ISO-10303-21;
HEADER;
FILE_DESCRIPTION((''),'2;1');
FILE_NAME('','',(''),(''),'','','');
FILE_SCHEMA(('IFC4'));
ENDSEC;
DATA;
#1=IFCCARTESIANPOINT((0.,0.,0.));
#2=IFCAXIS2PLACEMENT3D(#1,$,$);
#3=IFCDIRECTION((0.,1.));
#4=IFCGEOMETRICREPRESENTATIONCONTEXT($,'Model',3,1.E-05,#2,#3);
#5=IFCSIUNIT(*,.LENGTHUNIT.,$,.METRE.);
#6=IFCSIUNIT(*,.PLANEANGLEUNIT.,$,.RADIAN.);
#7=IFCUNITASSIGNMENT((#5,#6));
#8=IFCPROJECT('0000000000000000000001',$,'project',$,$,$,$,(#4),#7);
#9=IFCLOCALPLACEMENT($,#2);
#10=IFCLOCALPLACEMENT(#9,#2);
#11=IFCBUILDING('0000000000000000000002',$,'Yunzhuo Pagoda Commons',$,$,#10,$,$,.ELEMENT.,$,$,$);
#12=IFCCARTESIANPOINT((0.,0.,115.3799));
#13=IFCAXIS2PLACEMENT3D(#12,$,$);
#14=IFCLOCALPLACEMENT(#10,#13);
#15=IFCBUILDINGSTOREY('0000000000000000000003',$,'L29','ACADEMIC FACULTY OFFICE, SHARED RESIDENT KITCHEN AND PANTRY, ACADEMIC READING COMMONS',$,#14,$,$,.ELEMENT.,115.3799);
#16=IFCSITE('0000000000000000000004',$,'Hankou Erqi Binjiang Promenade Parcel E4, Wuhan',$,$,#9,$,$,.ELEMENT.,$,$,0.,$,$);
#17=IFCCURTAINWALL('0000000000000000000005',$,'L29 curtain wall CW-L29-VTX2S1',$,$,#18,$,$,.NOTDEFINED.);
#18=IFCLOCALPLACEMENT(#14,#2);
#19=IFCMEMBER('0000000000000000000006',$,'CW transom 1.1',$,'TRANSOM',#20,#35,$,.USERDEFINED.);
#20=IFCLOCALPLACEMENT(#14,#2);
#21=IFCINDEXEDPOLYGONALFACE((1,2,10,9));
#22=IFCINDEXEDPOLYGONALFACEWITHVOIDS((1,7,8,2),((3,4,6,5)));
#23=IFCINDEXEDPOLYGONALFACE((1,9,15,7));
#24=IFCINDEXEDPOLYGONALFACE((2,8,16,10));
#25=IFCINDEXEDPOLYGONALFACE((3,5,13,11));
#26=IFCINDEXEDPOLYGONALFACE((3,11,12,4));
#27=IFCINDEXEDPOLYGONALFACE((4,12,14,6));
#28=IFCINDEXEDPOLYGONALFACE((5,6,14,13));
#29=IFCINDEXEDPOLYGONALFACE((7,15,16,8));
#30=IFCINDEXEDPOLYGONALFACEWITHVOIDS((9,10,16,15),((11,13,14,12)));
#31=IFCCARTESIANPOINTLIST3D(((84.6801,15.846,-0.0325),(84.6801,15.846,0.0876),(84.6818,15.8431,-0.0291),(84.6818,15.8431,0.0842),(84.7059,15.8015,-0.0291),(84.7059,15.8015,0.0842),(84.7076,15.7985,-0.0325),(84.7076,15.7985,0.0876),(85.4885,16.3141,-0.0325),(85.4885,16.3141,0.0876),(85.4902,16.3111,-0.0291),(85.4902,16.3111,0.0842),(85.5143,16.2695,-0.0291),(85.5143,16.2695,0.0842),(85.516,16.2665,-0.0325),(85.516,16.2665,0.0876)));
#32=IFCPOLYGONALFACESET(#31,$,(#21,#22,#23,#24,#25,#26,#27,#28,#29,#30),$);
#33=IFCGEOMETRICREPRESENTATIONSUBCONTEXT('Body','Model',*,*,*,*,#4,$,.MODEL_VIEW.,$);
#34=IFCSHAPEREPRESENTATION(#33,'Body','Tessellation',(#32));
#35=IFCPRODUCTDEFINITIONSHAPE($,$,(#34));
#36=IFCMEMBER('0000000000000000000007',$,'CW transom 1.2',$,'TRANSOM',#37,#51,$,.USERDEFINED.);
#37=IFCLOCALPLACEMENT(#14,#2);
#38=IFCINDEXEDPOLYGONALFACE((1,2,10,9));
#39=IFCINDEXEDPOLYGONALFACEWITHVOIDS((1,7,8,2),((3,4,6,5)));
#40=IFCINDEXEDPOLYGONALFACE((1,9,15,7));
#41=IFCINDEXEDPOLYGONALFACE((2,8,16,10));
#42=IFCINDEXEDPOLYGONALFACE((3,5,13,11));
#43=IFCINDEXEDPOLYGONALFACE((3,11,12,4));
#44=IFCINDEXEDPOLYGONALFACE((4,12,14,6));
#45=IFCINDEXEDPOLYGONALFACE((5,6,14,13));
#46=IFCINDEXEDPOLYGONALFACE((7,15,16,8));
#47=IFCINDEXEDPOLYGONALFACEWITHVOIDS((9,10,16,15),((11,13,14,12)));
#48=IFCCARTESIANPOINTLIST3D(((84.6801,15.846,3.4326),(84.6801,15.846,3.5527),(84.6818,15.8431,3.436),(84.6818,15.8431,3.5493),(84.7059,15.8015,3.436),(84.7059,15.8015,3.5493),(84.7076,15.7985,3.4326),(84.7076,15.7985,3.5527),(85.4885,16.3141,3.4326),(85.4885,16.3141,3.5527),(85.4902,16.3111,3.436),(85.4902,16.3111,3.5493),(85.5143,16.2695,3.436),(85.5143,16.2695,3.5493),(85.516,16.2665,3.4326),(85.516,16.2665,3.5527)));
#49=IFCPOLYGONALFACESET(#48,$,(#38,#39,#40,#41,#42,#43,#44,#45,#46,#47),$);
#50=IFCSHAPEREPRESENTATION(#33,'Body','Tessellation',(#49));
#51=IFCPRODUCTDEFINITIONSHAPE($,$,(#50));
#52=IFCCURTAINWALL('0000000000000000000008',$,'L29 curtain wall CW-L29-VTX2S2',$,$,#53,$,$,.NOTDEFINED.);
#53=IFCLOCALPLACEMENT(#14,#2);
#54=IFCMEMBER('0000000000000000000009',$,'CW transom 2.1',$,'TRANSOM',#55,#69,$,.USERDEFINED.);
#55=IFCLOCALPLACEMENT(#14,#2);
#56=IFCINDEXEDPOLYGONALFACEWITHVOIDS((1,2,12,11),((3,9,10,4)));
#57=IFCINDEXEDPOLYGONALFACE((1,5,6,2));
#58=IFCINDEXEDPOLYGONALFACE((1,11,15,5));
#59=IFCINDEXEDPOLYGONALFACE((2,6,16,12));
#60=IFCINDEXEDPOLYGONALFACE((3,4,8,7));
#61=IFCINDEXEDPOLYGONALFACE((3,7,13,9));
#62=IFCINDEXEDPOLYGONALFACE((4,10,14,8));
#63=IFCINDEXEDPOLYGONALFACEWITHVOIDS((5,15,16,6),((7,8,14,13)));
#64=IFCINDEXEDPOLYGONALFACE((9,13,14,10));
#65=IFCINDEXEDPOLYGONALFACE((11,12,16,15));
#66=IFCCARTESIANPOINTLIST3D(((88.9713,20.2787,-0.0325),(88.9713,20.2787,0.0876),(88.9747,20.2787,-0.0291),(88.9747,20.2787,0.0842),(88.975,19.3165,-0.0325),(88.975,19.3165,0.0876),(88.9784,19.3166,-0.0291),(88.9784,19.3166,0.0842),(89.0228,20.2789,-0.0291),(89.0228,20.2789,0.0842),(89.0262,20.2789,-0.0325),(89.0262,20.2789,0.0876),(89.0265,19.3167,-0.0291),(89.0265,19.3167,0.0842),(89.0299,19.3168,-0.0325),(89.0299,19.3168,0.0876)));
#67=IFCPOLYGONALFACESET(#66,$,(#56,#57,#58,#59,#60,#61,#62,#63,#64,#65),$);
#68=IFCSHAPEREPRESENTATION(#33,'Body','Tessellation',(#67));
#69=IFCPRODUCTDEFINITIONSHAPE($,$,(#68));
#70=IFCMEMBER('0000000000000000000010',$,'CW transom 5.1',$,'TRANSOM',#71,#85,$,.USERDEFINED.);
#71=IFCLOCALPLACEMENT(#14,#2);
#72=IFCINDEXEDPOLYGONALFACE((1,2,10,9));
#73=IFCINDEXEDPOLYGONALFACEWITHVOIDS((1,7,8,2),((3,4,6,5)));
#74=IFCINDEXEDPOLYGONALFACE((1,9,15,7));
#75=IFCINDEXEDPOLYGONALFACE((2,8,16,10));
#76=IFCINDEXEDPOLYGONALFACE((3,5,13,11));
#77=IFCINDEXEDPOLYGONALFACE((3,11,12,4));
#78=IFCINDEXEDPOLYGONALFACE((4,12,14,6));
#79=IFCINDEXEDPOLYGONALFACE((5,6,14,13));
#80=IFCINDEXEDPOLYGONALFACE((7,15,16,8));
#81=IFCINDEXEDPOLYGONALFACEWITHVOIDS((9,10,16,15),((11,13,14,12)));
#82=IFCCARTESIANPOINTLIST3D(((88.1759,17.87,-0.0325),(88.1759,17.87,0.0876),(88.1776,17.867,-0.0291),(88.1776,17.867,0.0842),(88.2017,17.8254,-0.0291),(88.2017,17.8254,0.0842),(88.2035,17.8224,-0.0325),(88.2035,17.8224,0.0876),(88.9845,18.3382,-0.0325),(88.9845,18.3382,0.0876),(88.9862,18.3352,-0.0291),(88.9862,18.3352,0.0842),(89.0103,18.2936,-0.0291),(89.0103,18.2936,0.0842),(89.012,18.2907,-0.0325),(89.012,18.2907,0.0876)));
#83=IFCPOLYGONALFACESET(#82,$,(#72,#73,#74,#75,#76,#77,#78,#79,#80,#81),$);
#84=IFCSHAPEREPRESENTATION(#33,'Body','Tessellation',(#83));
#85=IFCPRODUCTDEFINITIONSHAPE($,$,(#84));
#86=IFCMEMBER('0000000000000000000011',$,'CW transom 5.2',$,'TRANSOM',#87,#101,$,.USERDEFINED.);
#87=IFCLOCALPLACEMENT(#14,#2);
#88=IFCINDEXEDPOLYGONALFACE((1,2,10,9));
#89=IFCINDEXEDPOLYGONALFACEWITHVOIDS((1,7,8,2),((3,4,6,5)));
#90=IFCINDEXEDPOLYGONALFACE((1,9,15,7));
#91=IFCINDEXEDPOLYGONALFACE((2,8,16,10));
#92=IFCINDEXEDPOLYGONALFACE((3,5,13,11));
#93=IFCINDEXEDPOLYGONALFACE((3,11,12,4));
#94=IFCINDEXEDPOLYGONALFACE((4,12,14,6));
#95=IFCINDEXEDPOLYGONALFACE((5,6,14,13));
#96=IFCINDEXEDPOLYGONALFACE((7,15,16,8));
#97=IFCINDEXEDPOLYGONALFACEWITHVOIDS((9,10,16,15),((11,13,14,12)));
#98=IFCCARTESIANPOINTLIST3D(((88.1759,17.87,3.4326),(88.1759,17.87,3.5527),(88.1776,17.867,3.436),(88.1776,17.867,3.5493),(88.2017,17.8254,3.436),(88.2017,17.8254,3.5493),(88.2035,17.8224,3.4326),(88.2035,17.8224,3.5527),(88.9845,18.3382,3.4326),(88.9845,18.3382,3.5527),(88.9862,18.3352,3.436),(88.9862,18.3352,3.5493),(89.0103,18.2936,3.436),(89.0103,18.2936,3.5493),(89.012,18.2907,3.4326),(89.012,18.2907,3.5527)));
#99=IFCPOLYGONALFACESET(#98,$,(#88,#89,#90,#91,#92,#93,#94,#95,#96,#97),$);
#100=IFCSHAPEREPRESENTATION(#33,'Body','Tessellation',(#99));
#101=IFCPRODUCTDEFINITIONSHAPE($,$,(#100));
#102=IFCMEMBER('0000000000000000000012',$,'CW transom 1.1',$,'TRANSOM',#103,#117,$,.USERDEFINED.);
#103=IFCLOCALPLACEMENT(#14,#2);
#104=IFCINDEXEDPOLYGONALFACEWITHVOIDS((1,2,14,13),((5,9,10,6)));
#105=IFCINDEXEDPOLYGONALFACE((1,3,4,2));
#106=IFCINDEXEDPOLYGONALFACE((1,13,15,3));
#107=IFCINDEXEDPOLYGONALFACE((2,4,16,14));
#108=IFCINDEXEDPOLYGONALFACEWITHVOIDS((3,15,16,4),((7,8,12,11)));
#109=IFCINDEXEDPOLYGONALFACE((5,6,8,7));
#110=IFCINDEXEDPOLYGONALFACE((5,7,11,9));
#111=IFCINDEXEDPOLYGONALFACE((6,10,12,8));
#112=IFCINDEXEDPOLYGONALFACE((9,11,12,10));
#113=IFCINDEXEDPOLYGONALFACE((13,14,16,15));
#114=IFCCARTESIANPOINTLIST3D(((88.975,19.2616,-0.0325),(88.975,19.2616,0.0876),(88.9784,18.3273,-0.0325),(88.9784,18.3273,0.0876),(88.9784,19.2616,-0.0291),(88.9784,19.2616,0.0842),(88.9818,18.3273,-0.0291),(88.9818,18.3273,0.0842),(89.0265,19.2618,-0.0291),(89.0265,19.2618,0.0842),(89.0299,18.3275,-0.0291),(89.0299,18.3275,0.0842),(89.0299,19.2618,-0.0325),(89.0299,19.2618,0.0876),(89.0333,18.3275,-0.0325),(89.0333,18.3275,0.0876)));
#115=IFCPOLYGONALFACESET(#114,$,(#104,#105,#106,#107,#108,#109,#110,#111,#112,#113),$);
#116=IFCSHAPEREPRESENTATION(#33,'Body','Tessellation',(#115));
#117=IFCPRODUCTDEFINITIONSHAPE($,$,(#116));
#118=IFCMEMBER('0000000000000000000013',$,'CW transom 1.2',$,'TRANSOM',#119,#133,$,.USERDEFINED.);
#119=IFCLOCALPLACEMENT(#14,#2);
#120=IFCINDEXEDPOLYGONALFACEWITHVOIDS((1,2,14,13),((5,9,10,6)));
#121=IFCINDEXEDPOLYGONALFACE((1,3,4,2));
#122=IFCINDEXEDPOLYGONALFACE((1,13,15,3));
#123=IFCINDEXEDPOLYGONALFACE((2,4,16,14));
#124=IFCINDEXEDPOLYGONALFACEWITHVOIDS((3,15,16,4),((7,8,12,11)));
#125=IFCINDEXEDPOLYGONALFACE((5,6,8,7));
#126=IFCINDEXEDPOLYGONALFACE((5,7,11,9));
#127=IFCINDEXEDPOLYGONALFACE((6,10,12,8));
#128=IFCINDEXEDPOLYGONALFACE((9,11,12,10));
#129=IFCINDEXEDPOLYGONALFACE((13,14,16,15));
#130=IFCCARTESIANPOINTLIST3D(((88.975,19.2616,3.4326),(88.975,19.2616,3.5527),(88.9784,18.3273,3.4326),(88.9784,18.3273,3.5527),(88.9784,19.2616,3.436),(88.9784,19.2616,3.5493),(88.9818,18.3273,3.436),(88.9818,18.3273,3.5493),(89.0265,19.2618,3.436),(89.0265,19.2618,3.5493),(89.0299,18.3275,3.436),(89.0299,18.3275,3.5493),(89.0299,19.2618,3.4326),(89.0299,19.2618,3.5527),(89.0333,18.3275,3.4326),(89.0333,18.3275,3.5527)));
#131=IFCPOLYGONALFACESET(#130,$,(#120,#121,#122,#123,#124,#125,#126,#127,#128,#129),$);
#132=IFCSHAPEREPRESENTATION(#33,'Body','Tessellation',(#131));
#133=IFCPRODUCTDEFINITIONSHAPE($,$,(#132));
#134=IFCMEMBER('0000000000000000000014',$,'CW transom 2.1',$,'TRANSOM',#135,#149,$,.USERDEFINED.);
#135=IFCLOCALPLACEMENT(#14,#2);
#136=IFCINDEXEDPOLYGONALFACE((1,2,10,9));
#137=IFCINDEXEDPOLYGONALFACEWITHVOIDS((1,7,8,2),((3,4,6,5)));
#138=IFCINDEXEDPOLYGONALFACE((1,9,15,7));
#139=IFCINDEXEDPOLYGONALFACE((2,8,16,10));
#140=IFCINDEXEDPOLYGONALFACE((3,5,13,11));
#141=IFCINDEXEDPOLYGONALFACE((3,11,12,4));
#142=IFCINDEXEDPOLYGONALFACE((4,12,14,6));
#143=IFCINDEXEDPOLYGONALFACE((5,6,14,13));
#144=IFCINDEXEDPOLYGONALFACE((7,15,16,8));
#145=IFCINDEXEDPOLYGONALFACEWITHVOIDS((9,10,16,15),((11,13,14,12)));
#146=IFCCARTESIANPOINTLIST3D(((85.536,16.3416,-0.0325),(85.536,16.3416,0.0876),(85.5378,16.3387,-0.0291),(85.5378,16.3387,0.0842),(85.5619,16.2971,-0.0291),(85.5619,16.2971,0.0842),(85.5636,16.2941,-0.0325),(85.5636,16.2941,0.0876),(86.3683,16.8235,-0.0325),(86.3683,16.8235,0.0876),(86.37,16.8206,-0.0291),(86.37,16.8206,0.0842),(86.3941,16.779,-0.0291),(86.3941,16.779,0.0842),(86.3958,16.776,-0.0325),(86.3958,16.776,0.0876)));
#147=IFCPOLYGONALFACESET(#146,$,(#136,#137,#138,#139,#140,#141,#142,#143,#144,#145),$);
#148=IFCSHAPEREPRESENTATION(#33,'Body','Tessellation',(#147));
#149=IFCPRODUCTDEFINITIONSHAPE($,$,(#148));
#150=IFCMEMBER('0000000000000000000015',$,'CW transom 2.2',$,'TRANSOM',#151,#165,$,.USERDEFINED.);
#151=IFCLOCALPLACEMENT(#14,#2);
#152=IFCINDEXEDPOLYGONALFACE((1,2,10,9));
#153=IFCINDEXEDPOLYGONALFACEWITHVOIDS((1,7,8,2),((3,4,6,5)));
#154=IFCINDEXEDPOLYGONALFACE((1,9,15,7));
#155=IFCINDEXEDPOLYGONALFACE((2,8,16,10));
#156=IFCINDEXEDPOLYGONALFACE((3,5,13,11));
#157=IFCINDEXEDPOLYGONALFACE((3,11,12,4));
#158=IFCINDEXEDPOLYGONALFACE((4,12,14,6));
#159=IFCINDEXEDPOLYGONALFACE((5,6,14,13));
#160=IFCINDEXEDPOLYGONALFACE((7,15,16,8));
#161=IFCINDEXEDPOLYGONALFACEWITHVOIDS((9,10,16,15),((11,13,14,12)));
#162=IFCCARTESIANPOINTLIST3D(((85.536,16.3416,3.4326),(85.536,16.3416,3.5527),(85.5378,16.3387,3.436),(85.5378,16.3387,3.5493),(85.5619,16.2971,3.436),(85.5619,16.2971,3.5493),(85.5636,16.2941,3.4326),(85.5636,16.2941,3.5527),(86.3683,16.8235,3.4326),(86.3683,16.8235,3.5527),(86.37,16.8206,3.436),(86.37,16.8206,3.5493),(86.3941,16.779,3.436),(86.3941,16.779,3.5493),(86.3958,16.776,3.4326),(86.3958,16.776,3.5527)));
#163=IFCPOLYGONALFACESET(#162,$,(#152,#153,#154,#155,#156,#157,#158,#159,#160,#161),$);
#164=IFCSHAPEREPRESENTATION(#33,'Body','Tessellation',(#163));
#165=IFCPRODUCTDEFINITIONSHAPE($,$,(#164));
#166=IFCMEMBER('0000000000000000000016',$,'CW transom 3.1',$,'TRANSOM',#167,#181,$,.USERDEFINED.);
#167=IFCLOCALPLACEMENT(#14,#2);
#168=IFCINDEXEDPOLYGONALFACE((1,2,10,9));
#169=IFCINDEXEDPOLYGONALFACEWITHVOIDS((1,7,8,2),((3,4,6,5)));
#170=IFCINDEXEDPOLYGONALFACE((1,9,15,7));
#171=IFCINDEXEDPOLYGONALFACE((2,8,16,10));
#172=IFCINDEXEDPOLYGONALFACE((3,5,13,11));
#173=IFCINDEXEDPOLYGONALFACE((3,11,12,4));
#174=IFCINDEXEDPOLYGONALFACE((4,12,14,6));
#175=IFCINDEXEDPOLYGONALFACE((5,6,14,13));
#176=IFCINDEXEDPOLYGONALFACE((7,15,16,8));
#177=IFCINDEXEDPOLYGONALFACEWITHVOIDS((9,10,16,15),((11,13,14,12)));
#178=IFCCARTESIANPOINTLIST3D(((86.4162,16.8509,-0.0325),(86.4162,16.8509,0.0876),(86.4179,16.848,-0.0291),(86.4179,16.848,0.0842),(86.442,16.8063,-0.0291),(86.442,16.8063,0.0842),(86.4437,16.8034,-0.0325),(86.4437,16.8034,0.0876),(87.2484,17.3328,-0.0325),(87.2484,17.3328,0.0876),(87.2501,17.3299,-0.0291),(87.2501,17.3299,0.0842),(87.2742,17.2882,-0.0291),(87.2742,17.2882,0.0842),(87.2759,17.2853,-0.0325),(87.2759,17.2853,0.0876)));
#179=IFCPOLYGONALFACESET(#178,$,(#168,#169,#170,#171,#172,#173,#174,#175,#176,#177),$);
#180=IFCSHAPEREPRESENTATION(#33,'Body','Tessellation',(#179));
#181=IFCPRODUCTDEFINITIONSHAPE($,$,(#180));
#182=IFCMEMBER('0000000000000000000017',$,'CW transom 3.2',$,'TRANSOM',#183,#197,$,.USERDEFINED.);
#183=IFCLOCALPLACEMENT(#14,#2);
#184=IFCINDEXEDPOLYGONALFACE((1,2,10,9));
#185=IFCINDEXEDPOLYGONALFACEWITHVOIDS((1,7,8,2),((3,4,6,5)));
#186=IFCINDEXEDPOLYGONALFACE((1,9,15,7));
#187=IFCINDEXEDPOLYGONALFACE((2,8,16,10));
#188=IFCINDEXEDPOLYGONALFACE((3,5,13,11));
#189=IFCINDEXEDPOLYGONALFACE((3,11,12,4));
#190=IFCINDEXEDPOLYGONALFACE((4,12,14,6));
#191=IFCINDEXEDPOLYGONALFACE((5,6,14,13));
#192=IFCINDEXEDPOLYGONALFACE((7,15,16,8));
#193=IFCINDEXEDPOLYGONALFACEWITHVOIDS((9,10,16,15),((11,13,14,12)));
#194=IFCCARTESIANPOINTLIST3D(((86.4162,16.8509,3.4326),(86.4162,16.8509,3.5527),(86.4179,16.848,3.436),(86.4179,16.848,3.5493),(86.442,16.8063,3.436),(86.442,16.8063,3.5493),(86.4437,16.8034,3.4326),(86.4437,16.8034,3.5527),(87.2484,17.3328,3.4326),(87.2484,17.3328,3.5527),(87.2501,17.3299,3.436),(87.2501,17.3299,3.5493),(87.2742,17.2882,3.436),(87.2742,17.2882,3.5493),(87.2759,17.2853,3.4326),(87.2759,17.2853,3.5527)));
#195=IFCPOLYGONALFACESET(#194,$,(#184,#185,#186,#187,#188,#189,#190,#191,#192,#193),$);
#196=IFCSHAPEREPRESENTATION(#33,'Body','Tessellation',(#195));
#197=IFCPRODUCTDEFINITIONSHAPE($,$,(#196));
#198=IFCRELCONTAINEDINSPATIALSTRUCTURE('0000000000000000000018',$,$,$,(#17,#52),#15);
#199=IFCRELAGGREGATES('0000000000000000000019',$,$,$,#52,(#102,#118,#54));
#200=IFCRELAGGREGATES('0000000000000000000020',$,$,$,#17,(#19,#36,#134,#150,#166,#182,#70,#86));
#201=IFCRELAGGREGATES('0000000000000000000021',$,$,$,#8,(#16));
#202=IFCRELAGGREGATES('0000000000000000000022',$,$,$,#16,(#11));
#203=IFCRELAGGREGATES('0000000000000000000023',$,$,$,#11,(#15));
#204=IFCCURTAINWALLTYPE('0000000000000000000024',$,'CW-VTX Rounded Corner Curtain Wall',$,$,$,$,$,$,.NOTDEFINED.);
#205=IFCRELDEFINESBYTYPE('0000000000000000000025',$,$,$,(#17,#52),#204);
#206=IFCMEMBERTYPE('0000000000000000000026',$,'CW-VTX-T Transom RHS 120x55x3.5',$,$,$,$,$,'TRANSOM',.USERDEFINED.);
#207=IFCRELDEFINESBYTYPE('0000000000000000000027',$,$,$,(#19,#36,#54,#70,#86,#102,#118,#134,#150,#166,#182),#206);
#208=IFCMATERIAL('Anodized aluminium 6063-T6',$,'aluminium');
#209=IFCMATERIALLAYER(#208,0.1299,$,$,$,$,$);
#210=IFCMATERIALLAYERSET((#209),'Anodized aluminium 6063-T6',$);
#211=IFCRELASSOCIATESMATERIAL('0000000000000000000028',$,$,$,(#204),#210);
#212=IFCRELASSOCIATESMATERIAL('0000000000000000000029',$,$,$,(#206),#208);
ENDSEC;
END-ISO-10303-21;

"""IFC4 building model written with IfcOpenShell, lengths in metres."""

from ifc_helpers import new_model, si_unit, direction, frame, origin, origin_2d, place, context, subcontext, project, spatial, hollow_rectangle, extrude, source, transform, mapped, material, layer, layer_set, material_profile, profile_set, type_object, element, aggregate, save


model = new_model("IFC4")

# Units and contexts
model_context = context("Model", 3, precision=1e-05, world=origin(), true_north=direction((0.0, 1.0)))
body_context = subcontext(model_context, "Body", "Model", "MODEL_VIEW")
ifc_project = project(units=[si_unit("LENGTHUNIT", "METRE"), si_unit("PLANEANGLEUNIT", "RADIAN")], contexts=[model_context])

# Site, building, storey
site_placement = place(None, origin())
site = spatial("IfcSite", under=ifc_project, at=site_placement, Name="Hankou Erqi Binjiang Promenade Parcel E4, Wuhan", CompositionType="ELEMENT", RefElevation=0.0)
building_placement = place(site_placement, origin())
building = spatial("IfcBuilding", under=site, at=building_placement, Name="Yunzhuo Pagoda Commons", CompositionType="ELEMENT")
storey_placement = place(building_placement, frame((0.0, 0.0, 115.3799)))
storey = spatial("IfcBuildingStorey", under=building, at=storey_placement, Name="L29", Description="ACADEMIC FACULTY OFFICE, SHARED RESIDENT KITCHEN AND PANTRY, ACADEMIC READING COMMONS", CompositionType="ELEMENT", Elevation=115.3799)

# Curtain wall, members
ifc_material_1 = material(Name="Anodized aluminium 6063-T6", Category="aluminium")
ifc_layer_1 = layer(ifc_material_1, 0.1299)
ifc_layer_set_1 = layer_set([ifc_layer_1], Name="Anodized aluminium 6063-T6")
curtain_wall_type_1 = type_object("IfcCurtainWallType", Name="CW-VTX Rounded Corner Curtain Wall", PredefinedType="NOTDEFINED", material=ifc_layer_set_1)
curtain_wall_1_placement = place(storey_placement, origin())
curtain_wall_1 = element("IfcCurtainWall", 1, at=curtain_wall_1_placement, inside=storey, type_object=curtain_wall_type_1, Name="L29 curtain wall CW-L29-VTX2S1", PredefinedType="NOTDEFINED")
ifc_material_profile_1 = material_profile(ifc_material_1, hollow_rectangle(XDim=0.0549, YDim=0.1201, WallThickness=0.0034, at=origin_2d()), Name="Anodized aluminium 6063-T6")
ifc_profile_set_1 = profile_set([ifc_material_profile_1], Name="Anodized aluminium 6063-T6")
member_type_1 = type_object("IfcMemberType", Name="CW-VTX-T Transom RHS 120x55x3.5", ElementType="TRANSOM", PredefinedType="USERDEFINED", material=ifc_profile_set_1)
shared_shape_1 = source(origin(), body_context, "Body", "SweptSolid", [
    extrude(hollow_rectangle(XDim=0.0549, YDim=0.1201, WallThickness=0.0034, at=origin_2d()), origin(), (0.0, 0.0, 1.0), 0.9341),
])
member_1_placement = place(storey_placement, frame((84.6938, 15.8223, 0.0276), z_axis=(0.865414, 0.501057, 0.0), x_axis=(-0.501057, 0.865414, 0.0)))
member_1 = element("IfcMember", 2, at=member_1_placement, type_object=member_type_1, Name="CW transom 1.1", ObjectType="TRANSOM", PredefinedType="USERDEFINED", context=body_context, shape_type="MappedRepresentation", body=[
    mapped(shared_shape_1, transform((0.0, 0.0, 0.0), scale=1.0)),
])
member_2_placement = place(storey_placement, frame((84.6938, 15.8223, 3.4927), z_axis=(0.865414, 0.501057, 0.0), x_axis=(-0.501057, 0.865414, 0.0)))
member_2 = element("IfcMember", 3, at=member_2_placement, type_object=member_type_1, Name="CW transom 1.2", ObjectType="TRANSOM", PredefinedType="USERDEFINED", context=body_context, shape_type="MappedRepresentation", body=[
    mapped(shared_shape_1, transform((0.0, 0.0, 0.0), scale=1.0)),
])

# Curtain wall, member
curtain_wall_2_placement = place(storey_placement, origin())
curtain_wall_2 = element("IfcCurtainWall", 4, at=curtain_wall_2_placement, inside=storey, type_object=curtain_wall_type_1, Name="L29 curtain wall CW-L29-VTX2S2", PredefinedType="NOTDEFINED")
shared_shape_2 = source(origin(), body_context, "Body", "SweptSolid", [
    extrude(hollow_rectangle(XDim=0.0549, YDim=0.1201, WallThickness=0.0034, at=origin_2d()), origin(), (0.0, 0.0, 1.0), 0.9622),
])
member_3_placement = place(storey_placement, frame((89.0024, 19.3167, 0.0276), z_axis=(-0.003806, 0.999993, 0.0), x_axis=(-0.999993, -0.003806, 0.0)))
member_3 = element("IfcMember", 5, at=member_3_placement, type_object=member_type_1, Name="CW transom 2.1", ObjectType="TRANSOM", PredefinedType="USERDEFINED", context=body_context, shape_type="MappedRepresentation", body=[
    mapped(shared_shape_2, transform((0.0, 0.0, 0.0), scale=1.0)),
])

# Members
shared_shape_3 = source(origin(), body_context, "Body", "SweptSolid", [
    extrude(hollow_rectangle(XDim=0.0549, YDim=0.1201, WallThickness=0.0034, at=origin_2d()), origin(), (0.0, 0.0, 1.0), 0.9343),
])
member_4_placement = place(storey_placement, frame((88.1897, 17.8462, 0.0276), z_axis=(0.865367, 0.501139, 0.0), x_axis=(-0.501139, 0.865367, 0.0)))
member_4 = element("IfcMember", 6, at=member_4_placement, type_object=member_type_1, Name="CW transom 5.1", ObjectType="TRANSOM", PredefinedType="USERDEFINED", context=body_context, shape_type="MappedRepresentation", body=[
    mapped(shared_shape_3, transform((0.0, 0.0, 0.0), scale=1.0)),
])
member_5_placement = place(storey_placement, frame((88.1897, 17.8462, 3.4927), z_axis=(0.865367, 0.501139, 0.0), x_axis=(-0.501139, 0.865367, 0.0)))
member_5 = element("IfcMember", 7, at=member_5_placement, type_object=member_type_1, Name="CW transom 5.2", ObjectType="TRANSOM", PredefinedType="USERDEFINED", context=body_context, shape_type="MappedRepresentation", body=[
    mapped(shared_shape_3, transform((0.0, 0.0, 0.0), scale=1.0)),
])
member_6_placement = place(storey_placement, frame((89.0059, 18.3274, 0.0276), z_axis=(-0.003658, 0.999993, 0.0), x_axis=(-0.999993, -0.003658, 0.0)))
member_6 = element("IfcMember", 8, at=member_6_placement, type_object=member_type_1, Name="CW transom 1.1", ObjectType="TRANSOM", PredefinedType="USERDEFINED", context=body_context, shape_type="MappedRepresentation", body=[
    mapped(shared_shape_3, transform((0.0, 0.0, 0.0), scale=1.0)),
])
member_7_placement = place(storey_placement, frame((89.0059, 18.3274, 3.4927), z_axis=(-0.003658, 0.999993, 0.0), x_axis=(-0.999993, -0.003658, 0.0)))
member_7 = element("IfcMember", 9, at=member_7_placement, type_object=member_type_1, Name="CW transom 1.2", ObjectType="TRANSOM", PredefinedType="USERDEFINED", context=body_context, shape_type="MappedRepresentation", body=[
    mapped(shared_shape_3, transform((0.0, 0.0, 0.0), scale=1.0)),
])
shared_shape_4 = source(origin(), body_context, "Body", "SweptSolid", [
    extrude(hollow_rectangle(XDim=0.0549, YDim=0.1201, WallThickness=0.0034, at=origin_2d()), origin(), (0.0, 0.0, 1.0), 0.9617),
])
member_8_placement = place(storey_placement, frame((85.5498, 16.3179, 0.0276), z_axis=(0.865386, 0.501106, 0.0), x_axis=(-0.501106, 0.865386, 0.0)))
member_8 = element("IfcMember", 10, at=member_8_placement, type_object=member_type_1, Name="CW transom 2.1", ObjectType="TRANSOM", PredefinedType="USERDEFINED", context=body_context, shape_type="MappedRepresentation", body=[
    mapped(shared_shape_4, transform((0.0, 0.0, 0.0), scale=1.0)),
])
member_9_placement = place(storey_placement, frame((85.5498, 16.3179, 3.4927), z_axis=(0.865386, 0.501106, 0.0), x_axis=(-0.501106, 0.865386, 0.0)))
member_9 = element("IfcMember", 11, at=member_9_placement, type_object=member_type_1, Name="CW transom 2.2", ObjectType="TRANSOM", PredefinedType="USERDEFINED", context=body_context, shape_type="MappedRepresentation", body=[
    mapped(shared_shape_4, transform((0.0, 0.0, 0.0), scale=1.0)),
])
member_10_placement = place(storey_placement, frame((86.4299, 16.8271, 0.0276), z_axis=(0.865386, 0.501106, 0.0), x_axis=(-0.501106, 0.865386, 0.0)))
member_10 = element("IfcMember", 12, at=member_10_placement, type_object=member_type_1, Name="CW transom 3.1", ObjectType="TRANSOM", PredefinedType="USERDEFINED", context=body_context, shape_type="MappedRepresentation", body=[
    mapped(shared_shape_4, transform((0.0, 0.0, 0.0), scale=1.0)),
])
member_11_placement = place(storey_placement, frame((86.4299, 16.8271, 3.4927), z_axis=(0.865386, 0.501106, 0.0), x_axis=(-0.501106, 0.865386, 0.0)))
member_11 = element("IfcMember", 13, at=member_11_placement, type_object=member_type_1, Name="CW transom 3.2", ObjectType="TRANSOM", PredefinedType="USERDEFINED", context=body_context, shape_type="MappedRepresentation", body=[
    mapped(shared_shape_4, transform((0.0, 0.0, 0.0), scale=1.0)),
])

aggregate(curtain_wall_2, [member_6, member_7, member_3])
aggregate(curtain_wall_1, [member_1, member_2, member_8, member_9, member_10, member_11, member_4, member_5])

save(model, "model.ifc")
